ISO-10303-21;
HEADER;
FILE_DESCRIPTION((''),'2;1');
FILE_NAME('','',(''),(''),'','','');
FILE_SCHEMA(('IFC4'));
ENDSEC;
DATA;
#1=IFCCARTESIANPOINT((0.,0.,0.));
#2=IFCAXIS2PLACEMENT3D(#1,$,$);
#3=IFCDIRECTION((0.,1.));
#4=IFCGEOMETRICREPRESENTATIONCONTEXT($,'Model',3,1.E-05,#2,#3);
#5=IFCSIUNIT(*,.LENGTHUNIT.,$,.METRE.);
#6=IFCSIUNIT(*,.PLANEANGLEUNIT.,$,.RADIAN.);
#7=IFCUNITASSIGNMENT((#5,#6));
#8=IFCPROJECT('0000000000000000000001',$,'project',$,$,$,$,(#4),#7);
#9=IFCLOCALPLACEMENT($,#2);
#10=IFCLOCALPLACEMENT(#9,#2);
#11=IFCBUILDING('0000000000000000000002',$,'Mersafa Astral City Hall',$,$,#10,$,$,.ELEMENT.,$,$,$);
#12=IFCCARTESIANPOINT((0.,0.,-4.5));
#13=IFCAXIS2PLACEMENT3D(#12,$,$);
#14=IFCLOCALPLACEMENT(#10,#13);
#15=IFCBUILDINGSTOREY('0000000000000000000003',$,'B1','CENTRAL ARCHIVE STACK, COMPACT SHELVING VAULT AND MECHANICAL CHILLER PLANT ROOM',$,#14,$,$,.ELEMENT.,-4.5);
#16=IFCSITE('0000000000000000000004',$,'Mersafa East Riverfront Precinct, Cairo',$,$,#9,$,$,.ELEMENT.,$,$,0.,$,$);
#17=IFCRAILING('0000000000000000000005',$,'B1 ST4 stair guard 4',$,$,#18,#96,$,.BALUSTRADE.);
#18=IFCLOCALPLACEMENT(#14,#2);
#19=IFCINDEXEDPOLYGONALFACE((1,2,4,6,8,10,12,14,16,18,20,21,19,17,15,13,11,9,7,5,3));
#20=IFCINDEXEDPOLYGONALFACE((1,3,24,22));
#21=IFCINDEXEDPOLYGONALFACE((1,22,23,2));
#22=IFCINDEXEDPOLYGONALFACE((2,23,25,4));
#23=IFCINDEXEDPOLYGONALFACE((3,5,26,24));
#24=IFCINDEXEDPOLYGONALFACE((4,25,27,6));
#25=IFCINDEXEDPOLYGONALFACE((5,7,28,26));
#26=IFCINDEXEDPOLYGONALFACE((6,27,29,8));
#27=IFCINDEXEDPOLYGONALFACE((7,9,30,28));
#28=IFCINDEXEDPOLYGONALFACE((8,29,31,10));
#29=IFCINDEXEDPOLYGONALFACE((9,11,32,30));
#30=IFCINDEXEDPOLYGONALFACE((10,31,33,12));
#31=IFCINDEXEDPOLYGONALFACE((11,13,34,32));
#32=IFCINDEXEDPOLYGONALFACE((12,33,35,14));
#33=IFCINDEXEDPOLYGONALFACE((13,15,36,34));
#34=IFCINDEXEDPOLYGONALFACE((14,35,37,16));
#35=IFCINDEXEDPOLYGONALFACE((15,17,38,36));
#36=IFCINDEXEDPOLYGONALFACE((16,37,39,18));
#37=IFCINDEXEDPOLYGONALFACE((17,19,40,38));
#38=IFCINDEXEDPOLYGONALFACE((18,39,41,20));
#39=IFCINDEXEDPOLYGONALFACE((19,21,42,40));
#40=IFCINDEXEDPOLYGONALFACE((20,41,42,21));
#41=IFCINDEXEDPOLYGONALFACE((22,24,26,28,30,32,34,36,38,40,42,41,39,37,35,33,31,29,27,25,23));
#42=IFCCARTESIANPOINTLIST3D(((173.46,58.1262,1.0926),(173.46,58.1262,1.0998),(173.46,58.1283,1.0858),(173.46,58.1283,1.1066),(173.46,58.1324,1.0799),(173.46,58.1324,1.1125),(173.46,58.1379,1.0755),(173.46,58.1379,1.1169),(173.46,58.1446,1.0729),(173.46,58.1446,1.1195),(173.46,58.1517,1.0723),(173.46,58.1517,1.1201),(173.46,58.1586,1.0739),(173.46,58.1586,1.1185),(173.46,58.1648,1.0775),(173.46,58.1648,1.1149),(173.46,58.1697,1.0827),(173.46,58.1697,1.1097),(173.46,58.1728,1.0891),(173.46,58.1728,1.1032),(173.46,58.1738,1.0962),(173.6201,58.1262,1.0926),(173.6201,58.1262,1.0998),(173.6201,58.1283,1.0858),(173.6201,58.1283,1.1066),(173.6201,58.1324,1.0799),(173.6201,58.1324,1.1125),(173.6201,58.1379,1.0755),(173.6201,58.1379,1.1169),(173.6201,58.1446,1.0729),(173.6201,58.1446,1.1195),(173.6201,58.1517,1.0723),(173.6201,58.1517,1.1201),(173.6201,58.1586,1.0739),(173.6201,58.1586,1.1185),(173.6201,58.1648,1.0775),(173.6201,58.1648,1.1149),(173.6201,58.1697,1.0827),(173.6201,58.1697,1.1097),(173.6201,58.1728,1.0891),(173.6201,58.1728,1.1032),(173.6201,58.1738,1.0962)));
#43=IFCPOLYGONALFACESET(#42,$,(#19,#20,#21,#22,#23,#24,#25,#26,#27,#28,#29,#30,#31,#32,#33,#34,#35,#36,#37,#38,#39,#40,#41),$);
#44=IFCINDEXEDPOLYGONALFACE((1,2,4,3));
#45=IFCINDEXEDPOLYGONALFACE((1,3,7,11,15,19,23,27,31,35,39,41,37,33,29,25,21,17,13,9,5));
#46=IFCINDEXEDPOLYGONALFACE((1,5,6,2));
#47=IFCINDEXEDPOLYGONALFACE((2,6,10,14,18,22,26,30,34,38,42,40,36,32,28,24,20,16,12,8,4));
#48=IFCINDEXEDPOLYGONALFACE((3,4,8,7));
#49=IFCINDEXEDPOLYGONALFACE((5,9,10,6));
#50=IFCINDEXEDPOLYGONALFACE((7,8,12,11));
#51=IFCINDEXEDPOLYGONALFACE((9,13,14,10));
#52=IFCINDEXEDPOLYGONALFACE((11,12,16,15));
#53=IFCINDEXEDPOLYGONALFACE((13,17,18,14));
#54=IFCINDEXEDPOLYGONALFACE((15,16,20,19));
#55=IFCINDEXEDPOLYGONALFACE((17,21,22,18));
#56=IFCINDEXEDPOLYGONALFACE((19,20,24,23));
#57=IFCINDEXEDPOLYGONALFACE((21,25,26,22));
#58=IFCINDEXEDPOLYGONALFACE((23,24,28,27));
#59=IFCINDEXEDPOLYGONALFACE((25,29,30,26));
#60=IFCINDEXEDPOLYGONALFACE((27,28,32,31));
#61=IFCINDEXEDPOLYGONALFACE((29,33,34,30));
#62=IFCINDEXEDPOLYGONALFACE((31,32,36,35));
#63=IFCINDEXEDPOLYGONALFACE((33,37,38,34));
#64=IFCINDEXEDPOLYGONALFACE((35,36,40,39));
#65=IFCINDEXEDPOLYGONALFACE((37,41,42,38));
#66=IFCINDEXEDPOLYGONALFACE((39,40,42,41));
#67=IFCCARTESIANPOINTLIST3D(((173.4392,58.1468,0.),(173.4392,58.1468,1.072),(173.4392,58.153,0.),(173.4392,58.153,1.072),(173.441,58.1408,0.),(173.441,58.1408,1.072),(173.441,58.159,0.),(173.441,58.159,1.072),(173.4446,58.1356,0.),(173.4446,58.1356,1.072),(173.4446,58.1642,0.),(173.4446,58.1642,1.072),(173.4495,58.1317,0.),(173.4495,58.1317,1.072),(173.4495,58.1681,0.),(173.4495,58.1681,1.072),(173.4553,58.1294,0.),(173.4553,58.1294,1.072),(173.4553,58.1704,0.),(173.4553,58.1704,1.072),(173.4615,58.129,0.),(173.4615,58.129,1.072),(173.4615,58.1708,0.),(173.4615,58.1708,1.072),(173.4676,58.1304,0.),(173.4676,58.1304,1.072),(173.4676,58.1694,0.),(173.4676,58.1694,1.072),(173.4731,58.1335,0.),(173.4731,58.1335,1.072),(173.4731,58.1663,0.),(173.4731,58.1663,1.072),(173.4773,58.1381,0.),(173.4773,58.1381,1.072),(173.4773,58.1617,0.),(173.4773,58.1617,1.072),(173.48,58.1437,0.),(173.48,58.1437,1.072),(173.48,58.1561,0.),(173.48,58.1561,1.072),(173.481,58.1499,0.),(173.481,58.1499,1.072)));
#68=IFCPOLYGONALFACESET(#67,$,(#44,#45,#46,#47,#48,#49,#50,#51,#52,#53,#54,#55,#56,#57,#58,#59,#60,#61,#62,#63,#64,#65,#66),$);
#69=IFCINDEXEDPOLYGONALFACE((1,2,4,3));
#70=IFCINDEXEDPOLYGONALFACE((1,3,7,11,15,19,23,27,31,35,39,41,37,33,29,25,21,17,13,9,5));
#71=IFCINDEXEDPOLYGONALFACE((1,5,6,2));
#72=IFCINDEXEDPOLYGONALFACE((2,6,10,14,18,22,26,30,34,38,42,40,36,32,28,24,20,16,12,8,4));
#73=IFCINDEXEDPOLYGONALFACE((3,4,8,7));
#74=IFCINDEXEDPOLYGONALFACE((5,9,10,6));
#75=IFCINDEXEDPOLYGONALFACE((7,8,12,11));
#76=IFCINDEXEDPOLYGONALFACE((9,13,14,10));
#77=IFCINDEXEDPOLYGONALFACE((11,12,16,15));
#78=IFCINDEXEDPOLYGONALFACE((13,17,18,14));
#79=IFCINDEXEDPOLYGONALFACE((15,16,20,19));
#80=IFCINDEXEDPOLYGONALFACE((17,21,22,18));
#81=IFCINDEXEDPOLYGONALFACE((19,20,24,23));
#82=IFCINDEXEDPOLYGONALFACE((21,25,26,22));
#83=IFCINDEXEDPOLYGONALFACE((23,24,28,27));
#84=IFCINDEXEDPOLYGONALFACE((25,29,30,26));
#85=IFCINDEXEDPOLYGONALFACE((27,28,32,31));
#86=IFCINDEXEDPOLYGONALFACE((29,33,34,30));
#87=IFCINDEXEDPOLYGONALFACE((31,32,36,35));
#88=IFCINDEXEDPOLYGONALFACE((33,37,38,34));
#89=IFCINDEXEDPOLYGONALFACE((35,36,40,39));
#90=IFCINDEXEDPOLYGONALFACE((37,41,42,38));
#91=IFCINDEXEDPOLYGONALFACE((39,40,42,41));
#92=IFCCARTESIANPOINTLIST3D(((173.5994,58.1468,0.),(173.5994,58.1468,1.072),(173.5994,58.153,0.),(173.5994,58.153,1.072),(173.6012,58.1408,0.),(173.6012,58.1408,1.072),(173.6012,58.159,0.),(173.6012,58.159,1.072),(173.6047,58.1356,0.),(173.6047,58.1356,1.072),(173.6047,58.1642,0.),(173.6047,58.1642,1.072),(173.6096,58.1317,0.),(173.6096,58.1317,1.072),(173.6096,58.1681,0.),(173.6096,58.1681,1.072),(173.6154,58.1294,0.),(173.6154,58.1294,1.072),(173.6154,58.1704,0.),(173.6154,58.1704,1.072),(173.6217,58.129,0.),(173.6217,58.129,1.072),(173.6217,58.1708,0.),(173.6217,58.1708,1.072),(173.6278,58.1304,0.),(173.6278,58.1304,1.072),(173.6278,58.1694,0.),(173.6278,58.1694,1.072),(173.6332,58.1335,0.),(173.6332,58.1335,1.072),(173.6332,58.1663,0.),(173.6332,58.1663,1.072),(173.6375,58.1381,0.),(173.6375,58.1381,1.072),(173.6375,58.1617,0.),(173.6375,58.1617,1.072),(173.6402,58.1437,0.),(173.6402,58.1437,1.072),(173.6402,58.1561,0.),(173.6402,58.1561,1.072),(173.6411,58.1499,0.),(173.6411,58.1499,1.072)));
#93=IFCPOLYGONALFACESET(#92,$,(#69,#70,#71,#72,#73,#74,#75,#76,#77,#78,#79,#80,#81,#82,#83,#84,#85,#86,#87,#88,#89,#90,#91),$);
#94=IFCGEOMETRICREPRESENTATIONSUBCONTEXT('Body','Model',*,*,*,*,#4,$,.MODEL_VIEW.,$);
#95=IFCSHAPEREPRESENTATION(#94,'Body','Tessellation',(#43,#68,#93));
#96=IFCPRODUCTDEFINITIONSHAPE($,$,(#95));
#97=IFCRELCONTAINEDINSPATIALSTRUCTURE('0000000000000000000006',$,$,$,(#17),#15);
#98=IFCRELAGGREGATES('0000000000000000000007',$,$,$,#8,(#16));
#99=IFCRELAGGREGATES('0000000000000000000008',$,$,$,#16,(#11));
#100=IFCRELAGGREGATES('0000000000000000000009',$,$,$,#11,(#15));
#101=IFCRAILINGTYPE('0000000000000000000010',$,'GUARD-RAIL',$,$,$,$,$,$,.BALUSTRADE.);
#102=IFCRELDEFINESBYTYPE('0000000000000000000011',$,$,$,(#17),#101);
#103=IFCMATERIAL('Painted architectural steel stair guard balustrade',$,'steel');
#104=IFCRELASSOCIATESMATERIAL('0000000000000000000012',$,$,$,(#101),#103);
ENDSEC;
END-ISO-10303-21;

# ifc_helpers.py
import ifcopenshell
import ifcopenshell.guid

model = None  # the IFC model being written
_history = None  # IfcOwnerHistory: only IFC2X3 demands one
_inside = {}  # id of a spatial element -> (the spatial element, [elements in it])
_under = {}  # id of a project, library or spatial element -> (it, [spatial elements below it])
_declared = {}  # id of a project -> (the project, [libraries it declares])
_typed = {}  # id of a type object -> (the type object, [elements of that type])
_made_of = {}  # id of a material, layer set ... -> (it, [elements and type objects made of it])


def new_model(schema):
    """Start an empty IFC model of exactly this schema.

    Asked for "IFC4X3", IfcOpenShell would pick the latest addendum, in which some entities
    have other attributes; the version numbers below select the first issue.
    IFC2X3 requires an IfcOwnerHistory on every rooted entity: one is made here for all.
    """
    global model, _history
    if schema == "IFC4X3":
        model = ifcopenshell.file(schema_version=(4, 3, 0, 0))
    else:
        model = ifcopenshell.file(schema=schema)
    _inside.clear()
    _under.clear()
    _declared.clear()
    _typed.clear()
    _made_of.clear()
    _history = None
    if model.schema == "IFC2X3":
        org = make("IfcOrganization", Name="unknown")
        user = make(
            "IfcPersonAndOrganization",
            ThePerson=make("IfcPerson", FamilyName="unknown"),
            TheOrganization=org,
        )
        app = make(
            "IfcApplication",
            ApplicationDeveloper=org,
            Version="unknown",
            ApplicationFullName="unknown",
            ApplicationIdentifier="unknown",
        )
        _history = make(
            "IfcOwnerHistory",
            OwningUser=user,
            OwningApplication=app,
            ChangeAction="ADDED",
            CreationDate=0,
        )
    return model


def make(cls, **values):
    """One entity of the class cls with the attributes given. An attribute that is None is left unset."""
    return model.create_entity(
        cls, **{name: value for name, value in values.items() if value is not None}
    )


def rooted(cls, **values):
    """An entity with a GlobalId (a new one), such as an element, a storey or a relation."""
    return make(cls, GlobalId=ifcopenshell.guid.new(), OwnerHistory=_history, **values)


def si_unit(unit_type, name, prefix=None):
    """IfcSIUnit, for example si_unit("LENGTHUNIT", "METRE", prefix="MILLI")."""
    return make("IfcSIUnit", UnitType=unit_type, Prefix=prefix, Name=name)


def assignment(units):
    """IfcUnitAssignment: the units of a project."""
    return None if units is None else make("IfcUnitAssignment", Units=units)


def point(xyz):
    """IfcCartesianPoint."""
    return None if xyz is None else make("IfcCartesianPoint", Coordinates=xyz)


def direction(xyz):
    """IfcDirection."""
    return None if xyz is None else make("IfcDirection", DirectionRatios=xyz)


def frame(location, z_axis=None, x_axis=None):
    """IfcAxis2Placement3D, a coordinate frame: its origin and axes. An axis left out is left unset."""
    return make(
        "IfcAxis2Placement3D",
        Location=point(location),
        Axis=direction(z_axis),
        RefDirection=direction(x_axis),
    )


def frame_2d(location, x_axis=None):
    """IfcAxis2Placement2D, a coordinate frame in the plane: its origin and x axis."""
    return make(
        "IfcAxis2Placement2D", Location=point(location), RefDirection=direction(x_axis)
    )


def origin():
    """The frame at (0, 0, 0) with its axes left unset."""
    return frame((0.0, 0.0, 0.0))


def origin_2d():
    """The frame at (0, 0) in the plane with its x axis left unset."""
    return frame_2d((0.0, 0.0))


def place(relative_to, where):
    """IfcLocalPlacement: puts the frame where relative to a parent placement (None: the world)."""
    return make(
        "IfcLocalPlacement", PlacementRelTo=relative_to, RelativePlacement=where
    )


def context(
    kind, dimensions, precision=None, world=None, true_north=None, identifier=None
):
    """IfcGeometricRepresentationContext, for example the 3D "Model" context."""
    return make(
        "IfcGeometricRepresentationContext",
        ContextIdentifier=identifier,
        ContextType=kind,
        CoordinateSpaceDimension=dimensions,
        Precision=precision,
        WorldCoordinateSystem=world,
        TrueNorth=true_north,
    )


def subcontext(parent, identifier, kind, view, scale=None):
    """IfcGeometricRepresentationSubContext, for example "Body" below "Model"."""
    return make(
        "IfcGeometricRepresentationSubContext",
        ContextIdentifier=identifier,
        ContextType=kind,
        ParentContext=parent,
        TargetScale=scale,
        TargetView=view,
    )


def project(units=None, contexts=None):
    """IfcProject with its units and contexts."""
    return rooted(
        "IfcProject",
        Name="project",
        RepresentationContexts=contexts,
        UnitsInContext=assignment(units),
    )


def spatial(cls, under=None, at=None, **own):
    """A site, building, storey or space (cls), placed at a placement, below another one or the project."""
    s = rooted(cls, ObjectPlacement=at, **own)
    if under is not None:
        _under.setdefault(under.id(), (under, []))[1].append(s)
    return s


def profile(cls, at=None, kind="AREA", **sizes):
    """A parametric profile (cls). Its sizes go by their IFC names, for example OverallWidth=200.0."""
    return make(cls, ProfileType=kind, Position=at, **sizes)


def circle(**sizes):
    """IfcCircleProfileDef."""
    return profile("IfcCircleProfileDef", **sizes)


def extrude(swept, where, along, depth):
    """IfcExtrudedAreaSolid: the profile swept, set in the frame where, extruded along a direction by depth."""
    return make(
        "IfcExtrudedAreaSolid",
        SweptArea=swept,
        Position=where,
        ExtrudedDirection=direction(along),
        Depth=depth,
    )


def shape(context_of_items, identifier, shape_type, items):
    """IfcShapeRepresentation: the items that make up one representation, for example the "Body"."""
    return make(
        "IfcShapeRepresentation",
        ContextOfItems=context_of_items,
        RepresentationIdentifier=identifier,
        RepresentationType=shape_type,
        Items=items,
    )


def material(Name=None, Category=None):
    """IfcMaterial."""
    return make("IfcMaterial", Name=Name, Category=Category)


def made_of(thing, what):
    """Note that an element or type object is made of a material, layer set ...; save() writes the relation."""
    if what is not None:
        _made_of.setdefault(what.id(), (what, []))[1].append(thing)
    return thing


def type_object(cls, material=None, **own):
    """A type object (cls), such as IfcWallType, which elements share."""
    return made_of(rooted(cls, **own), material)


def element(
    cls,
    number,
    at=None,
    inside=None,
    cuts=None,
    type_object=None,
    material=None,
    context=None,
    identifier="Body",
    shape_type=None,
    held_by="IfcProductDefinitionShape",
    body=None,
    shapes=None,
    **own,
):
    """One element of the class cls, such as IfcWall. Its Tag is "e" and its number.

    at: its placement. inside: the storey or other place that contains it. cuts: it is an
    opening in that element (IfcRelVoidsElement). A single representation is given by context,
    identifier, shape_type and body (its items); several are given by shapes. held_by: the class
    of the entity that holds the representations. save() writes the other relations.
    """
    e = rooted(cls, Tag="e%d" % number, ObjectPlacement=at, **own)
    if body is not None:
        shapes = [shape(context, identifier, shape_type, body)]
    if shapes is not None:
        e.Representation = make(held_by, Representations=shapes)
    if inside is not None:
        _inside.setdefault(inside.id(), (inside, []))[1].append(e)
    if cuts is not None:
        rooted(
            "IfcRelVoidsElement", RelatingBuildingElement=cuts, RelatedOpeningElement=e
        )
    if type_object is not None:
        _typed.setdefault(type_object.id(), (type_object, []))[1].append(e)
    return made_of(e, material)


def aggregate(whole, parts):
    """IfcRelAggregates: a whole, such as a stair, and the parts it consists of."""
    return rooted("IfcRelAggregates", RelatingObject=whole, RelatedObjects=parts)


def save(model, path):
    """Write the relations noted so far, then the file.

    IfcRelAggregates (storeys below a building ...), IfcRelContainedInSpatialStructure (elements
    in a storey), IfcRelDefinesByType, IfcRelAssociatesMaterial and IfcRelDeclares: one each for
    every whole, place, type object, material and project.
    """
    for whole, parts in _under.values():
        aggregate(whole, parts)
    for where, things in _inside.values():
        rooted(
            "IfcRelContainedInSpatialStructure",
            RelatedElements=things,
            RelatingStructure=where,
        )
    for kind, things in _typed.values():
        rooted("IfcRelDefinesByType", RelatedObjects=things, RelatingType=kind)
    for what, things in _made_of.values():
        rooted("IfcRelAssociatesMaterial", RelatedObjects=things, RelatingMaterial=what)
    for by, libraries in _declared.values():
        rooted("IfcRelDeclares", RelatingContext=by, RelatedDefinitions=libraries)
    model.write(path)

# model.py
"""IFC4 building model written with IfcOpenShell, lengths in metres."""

from ifc_helpers import new_model, si_unit, direction, frame, origin, origin_2d, place, context, subcontext, project, spatial, circle, extrude, material, type_object, element, save


model = new_model("IFC4")

# Units and contexts
model_context = context("Model", 3, precision=1e-05, world=origin(), true_north=direction((0.0, 1.0)))
body_context = subcontext(model_context, "Body", "Model", "MODEL_VIEW")
ifc_project = project(units=[si_unit("LENGTHUNIT", "METRE"), si_unit("PLANEANGLEUNIT", "RADIAN")], contexts=[model_context])

# Site, building, storey
site_placement = place(None, origin())
site = spatial("IfcSite", under=ifc_project, at=site_placement, Name="Mersafa East Riverfront Precinct, Cairo", CompositionType="ELEMENT", RefElevation=0.0)
building_placement = place(site_placement, origin())
building = spatial("IfcBuilding", under=site, at=building_placement, Name="Mersafa Astral City Hall", CompositionType="ELEMENT")
storey_placement = place(building_placement, frame((0.0, 0.0, -4.5)))
storey = spatial("IfcBuildingStorey", under=building, at=storey_placement, Name="B1", Description="CENTRAL ARCHIVE STACK, COMPACT SHELVING VAULT AND MECHANICAL CHILLER PLANT ROOM", CompositionType="ELEMENT", Elevation=-4.5)

# Railing
ifc_material_1 = material(Name="Painted architectural steel stair guard balustrade", Category="steel")
railing_type_1 = type_object("IfcRailingType", Name="GUARD-RAIL", PredefinedType="BALUSTRADE", material=ifc_material_1)
railing_1_placement = place(storey_placement, frame((173.46, 58.1499, 0.0)))
element("IfcRailing", 1, at=railing_1_placement, inside=storey, type_object=railing_type_1, Name="B1 ST4 stair guard 4", PredefinedType="BALUSTRADE", context=body_context, shape_type="SweptSolid", body=[
    extrude(circle(Radius=0.0239, at=origin_2d()), frame((0.0, 0.0, 1.0962), z_axis=(1.0, 0.0, 0.0), x_axis=(0.0, 1.0, 0.0)), (0.0, 0.0, 1.0), 0.1602),
    extrude(circle(Radius=0.021, at=origin_2d()), origin(), (0.0, 0.0, 1.0), 1.072),
    extrude(circle(Radius=0.021, at=origin_2d()), frame((0.1602, 0.0, 0.0)), (0.0, 0.0, 1.0), 1.072),
])

save(model, "model.ifc")
